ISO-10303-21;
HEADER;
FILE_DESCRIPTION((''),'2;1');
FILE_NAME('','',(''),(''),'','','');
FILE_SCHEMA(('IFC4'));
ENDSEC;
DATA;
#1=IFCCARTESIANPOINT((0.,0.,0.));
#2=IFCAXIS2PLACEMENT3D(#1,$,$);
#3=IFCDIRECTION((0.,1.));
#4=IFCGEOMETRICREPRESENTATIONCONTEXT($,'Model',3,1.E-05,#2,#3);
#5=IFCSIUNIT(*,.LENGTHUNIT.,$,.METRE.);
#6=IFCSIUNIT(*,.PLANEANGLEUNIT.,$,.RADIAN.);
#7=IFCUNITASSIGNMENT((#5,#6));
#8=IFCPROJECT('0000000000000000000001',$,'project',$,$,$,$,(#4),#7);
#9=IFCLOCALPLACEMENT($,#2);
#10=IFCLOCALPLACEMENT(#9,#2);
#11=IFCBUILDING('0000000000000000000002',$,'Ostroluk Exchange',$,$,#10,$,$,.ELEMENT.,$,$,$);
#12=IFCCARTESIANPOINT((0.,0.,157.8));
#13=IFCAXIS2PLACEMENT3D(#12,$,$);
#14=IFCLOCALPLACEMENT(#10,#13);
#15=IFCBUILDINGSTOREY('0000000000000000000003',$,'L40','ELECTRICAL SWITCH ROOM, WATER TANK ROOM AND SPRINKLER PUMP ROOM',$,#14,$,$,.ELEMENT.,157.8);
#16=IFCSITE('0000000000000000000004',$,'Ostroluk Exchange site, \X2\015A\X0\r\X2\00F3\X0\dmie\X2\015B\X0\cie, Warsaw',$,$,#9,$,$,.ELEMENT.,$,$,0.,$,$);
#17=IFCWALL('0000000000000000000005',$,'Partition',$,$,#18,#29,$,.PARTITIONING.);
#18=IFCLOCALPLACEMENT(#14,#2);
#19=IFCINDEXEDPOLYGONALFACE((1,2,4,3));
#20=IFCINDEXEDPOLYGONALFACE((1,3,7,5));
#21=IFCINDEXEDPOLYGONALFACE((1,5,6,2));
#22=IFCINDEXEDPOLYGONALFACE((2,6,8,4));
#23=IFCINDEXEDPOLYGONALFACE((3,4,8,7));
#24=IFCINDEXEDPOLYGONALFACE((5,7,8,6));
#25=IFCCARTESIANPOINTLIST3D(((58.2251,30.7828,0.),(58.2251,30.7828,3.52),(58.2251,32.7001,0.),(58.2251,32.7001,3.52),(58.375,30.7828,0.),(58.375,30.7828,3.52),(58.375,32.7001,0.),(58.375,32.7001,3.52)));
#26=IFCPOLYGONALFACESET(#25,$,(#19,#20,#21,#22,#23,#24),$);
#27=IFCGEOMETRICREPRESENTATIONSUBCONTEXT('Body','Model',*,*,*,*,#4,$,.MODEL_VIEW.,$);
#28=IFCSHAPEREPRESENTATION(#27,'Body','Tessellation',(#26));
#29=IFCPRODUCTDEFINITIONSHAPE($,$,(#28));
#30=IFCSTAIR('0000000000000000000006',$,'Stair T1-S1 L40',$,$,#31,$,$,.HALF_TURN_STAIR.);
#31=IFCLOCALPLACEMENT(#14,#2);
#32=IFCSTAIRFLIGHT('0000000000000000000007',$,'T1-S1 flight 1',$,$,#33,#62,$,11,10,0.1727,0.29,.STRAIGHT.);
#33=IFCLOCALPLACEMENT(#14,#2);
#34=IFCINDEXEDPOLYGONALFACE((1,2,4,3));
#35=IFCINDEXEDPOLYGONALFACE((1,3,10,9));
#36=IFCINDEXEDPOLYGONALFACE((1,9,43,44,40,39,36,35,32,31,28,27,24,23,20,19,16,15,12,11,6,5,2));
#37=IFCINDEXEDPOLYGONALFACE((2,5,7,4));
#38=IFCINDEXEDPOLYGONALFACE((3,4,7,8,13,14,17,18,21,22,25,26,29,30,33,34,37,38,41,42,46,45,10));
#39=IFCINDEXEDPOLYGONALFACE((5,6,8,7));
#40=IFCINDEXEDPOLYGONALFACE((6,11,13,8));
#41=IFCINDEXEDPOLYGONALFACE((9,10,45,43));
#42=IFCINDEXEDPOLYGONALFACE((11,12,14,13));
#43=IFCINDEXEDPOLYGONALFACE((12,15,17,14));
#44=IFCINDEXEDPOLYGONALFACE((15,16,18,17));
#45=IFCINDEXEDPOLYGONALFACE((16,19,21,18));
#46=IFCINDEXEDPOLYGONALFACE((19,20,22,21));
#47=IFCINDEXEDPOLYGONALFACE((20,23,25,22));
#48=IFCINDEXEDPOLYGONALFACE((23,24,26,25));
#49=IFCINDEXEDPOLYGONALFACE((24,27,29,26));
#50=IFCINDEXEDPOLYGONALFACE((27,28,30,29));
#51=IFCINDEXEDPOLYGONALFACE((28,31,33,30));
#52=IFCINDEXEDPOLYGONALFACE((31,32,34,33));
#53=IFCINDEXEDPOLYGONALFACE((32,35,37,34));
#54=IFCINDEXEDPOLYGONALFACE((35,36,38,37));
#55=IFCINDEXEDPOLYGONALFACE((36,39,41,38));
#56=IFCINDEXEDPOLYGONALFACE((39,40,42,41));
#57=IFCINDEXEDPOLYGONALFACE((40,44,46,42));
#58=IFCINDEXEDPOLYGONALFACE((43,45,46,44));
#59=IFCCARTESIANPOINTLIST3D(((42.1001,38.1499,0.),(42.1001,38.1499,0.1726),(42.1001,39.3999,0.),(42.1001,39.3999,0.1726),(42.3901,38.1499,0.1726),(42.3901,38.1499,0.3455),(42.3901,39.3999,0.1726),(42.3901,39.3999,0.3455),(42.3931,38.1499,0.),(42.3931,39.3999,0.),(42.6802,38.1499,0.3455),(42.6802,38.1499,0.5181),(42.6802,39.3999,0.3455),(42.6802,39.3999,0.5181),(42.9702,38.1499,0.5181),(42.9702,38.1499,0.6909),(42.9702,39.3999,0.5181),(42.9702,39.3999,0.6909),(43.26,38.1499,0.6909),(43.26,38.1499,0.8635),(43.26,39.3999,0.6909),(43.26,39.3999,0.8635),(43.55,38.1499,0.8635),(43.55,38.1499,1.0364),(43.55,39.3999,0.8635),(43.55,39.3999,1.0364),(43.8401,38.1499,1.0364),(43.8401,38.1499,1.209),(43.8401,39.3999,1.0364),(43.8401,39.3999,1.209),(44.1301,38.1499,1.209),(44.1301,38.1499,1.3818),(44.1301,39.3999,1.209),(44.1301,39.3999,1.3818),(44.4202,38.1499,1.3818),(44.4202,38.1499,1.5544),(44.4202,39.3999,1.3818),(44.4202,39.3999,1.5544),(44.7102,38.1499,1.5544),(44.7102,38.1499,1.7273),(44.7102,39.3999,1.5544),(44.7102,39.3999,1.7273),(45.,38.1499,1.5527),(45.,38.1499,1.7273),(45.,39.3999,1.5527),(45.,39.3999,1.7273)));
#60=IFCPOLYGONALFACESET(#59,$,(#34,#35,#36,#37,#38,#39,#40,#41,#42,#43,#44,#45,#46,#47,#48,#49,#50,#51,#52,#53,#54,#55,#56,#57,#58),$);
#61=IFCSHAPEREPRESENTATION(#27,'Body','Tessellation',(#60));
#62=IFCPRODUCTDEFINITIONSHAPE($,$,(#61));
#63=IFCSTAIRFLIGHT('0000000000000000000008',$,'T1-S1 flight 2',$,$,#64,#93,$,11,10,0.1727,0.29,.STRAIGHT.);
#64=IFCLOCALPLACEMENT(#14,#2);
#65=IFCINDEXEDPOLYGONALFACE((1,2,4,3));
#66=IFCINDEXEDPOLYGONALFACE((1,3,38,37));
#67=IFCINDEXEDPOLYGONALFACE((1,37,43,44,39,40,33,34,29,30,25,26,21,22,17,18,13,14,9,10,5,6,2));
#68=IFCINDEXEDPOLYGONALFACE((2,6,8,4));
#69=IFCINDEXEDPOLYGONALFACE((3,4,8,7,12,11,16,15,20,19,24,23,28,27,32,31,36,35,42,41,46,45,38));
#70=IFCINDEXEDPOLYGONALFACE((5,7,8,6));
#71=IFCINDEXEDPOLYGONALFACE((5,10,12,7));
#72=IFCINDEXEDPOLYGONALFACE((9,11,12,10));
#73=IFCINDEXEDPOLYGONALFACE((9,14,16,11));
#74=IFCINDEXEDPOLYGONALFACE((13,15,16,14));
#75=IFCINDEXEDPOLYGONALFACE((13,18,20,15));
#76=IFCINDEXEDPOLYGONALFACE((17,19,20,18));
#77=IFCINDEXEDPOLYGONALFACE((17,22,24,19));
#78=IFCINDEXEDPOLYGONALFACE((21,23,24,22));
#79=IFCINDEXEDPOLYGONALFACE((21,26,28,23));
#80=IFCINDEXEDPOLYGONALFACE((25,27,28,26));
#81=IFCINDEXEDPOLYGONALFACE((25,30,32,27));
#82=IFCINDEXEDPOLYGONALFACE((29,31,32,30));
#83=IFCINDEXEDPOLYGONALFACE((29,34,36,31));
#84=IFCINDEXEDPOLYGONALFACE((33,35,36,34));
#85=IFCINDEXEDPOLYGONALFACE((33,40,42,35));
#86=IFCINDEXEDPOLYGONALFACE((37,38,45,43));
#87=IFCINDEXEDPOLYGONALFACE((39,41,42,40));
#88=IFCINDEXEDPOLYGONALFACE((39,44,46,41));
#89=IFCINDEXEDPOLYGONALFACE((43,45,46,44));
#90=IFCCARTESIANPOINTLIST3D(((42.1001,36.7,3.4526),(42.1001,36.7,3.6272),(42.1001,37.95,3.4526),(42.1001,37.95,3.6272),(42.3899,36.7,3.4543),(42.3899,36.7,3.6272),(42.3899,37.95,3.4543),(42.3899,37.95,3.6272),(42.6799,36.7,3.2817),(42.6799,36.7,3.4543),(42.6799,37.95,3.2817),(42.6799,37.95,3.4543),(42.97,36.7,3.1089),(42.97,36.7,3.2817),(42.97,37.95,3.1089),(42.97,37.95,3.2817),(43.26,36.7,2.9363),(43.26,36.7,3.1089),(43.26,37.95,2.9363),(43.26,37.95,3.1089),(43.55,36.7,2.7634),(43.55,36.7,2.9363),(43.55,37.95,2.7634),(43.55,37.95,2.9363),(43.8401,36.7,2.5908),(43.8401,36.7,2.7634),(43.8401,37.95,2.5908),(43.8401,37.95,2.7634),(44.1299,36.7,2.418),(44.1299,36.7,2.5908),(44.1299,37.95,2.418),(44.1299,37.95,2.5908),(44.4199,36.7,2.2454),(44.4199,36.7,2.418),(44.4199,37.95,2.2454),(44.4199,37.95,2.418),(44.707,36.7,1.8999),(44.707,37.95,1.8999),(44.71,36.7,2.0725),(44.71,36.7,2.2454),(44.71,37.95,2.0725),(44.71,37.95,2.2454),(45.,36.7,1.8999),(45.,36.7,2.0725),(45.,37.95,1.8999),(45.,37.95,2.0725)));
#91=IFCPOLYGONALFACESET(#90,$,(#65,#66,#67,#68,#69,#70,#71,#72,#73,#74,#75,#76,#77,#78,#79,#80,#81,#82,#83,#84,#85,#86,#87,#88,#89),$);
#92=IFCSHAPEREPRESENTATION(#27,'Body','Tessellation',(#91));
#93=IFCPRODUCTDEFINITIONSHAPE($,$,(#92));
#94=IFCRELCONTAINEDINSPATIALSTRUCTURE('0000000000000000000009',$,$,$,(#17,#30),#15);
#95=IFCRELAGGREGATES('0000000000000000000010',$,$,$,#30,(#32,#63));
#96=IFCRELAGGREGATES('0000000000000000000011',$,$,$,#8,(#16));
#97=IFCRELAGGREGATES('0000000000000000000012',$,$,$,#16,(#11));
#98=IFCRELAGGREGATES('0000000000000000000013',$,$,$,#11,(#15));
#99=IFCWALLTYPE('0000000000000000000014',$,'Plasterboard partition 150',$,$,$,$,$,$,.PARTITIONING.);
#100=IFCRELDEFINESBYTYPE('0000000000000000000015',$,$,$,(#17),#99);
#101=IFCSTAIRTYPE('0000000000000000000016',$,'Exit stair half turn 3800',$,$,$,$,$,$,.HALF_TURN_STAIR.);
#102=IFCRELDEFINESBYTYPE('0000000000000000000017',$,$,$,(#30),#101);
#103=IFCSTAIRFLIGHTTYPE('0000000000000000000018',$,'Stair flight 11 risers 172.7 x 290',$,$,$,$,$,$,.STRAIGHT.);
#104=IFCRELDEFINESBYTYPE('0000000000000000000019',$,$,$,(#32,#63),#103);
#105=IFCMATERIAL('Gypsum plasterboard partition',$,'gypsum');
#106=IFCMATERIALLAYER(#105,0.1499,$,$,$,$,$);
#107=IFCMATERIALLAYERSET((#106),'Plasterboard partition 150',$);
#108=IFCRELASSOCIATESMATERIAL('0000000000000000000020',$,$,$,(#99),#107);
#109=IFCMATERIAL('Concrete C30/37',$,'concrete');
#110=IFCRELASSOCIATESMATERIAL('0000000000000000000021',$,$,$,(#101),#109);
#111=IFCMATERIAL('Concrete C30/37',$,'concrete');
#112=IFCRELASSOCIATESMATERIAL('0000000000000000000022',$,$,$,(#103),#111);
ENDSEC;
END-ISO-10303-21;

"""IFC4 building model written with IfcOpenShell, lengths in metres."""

from ifc_helpers import new_model, si_unit, direction, frame, frame_2d, origin, place, context, subcontext, project, spatial, polyline, rectangle, outline, extrude, material, layer, layer_set, type_object, element, aggregate, save


model = new_model("IFC4")

# Units and contexts
model_context = context("Model", 3, precision=1e-05, world=origin(), true_north=direction((0.0, 1.0)))
body_context = subcontext(model_context, "Body", "Model", "MODEL_VIEW")
ifc_project = project(units=[si_unit("LENGTHUNIT", "METRE"), si_unit("PLANEANGLEUNIT", "RADIAN")], contexts=[model_context])

# Site, building, storey
site_placement = place(None, origin())
site = spatial("IfcSite", under=ifc_project, at=site_placement, Name="Ostroluk Exchange site, Śródmieście, Warsaw", CompositionType="ELEMENT", RefElevation=0.0)
building_placement = place(site_placement, origin())
building = spatial("IfcBuilding", under=site, at=building_placement, Name="Ostroluk Exchange", CompositionType="ELEMENT")
storey_placement = place(building_placement, frame((0.0, 0.0, 157.8)))
storey = spatial("IfcBuildingStorey", under=building, at=storey_placement, Name="L40", Description="ELECTRICAL SWITCH ROOM, WATER TANK ROOM AND SPRINKLER PUMP ROOM", CompositionType="ELEMENT", Elevation=157.8)

# Wall
ifc_material_1 = material(Name="Gypsum plasterboard partition", Category="gypsum")
ifc_layer_1 = layer(ifc_material_1, 0.1499)
ifc_layer_set_1 = layer_set([ifc_layer_1], Name="Plasterboard partition 150")
wall_type_1 = type_object("IfcWallType", Name="Plasterboard partition 150", PredefinedType="PARTITIONING", material=ifc_layer_set_1)
for number, where, z_axis, x_axis, name in (
    (1, (58.3, 32.7, 0.0), (0.0, 0.0, 1.0), (0.0, -1.0, 0.0), "Partition"),
):
    element("IfcWall", number, at=place(storey_placement, frame(where, z_axis=z_axis, x_axis=x_axis)), inside=storey, type_object=wall_type_1, Name=name, PredefinedType="PARTITIONING", context=body_context, shape_type="SweptSolid", body=[
        extrude(rectangle(XDim=1.9172, YDim=0.1499, at=frame_2d((0.9585, 0.0))), origin(), (0.0, 0.0, 1.0), 3.52),
    ])

# Stair, stair flights
ifc_material_2 = material(Name="Concrete C30/37", Category="concrete")
stair_type = type_object("IfcStairType", Name="Exit stair half turn 3800", PredefinedType="HALF_TURN_STAIR", material=ifc_material_2)
stair_placement = place(storey_placement, origin())
stair = element("IfcStair", 2, at=stair_placement, inside=storey, type_object=stair_type, Name="Stair T1-S1 L40", PredefinedType="HALF_TURN_STAIR")
ifc_material_3 = material(Name="Concrete C30/37", Category="concrete")
stair_flight_type = type_object("IfcStairFlightType", Name="Stair flight 11 risers 172.7 x 290", PredefinedType="STRAIGHT", material=ifc_material_3)
stair_flight_1_placement = place(storey_placement, frame((42.1001, 38.7749, 0.0), z_axis=(0.0, 0.0, 1.0), x_axis=(1.0, 0.0, 0.0)))
stair_flight_1 = element("IfcStairFlight", 3, at=stair_flight_1_placement, type_object=stair_flight_type, Name="T1-S1 flight 1", NumberOfRisers=11, NumberOfTreads=10, PredefinedType="STRAIGHT", RiserHeight=0.1727, TreadLength=0.29, context=body_context, shape_type="SweptSolid", body=[
    extrude(outline(polyline([(0.0, 0.0), (0.0, 0.1726), (0.29, 0.1726), (0.29, 0.3455), (0.5801, 0.3455), (0.5801, 0.5181), (0.8701, 0.5181), (0.8701, 0.6909), (1.1599, 0.6909), (1.1599, 0.8635), (1.45, 0.8635), (1.45, 1.0364), (1.74, 1.0364), (1.74, 1.209), (2.03, 1.209), (2.03, 1.3818), (2.3201, 1.3818), (2.3201, 1.5544), (2.6101, 1.5544), (2.6101, 1.7273), (2.8999, 1.7273), (2.8999, 1.8999), (2.8999, 1.5527), (0.293, 0.0), (0.0, 0.0)])), frame((0.0, 0.625, 0.0), z_axis=(0.0, -1.0, 0.0), x_axis=(1.0, 0.0, 0.0)), (0.0, 0.0, 1.0), 1.25),
])
stair_flight_2_placement = place(storey_placement, frame((45.0, 37.325, 1.8999), z_axis=(0.0, 0.0, 1.0), x_axis=(-1.0, 0.0, 0.0)))
stair_flight_2 = element("IfcStairFlight", 4, at=stair_flight_2_placement, type_object=stair_flight_type, Name="T1-S1 flight 2", NumberOfRisers=11, NumberOfTreads=10, PredefinedType="STRAIGHT", RiserHeight=0.1727, TreadLength=0.29, context=body_context, shape_type="SweptSolid", body=[
    extrude(outline(polyline([(0.0, 0.0), (0.0, 0.1726), (0.29, 0.1726), (0.29, 0.3455), (0.5801, 0.3455), (0.5801, 0.5181), (0.8701, 0.5181), (0.8701, 0.6909), (1.1599, 0.6909), (1.1599, 0.8635), (1.45, 0.8635), (1.45, 1.0364), (1.74, 1.0364), (1.74, 1.209), (2.03, 1.209), (2.03, 1.3818), (2.3201, 1.3818), (2.3201, 1.5544), (2.6101, 1.5544), (2.6101, 1.7273), (2.8999, 1.7273), (2.8999, 1.8999), (2.8999, 1.5527), (0.293, 0.0), (0.0, 0.0)])), frame((0.0, 0.625, 0.0), z_axis=(0.0, -1.0, 0.0), x_axis=(1.0, 0.0, 0.0)), (0.0, 0.0, 1.0), 1.25),
])
aggregate(stair, [stair_flight_1, stair_flight_2])

save(model, "model.ifc")
